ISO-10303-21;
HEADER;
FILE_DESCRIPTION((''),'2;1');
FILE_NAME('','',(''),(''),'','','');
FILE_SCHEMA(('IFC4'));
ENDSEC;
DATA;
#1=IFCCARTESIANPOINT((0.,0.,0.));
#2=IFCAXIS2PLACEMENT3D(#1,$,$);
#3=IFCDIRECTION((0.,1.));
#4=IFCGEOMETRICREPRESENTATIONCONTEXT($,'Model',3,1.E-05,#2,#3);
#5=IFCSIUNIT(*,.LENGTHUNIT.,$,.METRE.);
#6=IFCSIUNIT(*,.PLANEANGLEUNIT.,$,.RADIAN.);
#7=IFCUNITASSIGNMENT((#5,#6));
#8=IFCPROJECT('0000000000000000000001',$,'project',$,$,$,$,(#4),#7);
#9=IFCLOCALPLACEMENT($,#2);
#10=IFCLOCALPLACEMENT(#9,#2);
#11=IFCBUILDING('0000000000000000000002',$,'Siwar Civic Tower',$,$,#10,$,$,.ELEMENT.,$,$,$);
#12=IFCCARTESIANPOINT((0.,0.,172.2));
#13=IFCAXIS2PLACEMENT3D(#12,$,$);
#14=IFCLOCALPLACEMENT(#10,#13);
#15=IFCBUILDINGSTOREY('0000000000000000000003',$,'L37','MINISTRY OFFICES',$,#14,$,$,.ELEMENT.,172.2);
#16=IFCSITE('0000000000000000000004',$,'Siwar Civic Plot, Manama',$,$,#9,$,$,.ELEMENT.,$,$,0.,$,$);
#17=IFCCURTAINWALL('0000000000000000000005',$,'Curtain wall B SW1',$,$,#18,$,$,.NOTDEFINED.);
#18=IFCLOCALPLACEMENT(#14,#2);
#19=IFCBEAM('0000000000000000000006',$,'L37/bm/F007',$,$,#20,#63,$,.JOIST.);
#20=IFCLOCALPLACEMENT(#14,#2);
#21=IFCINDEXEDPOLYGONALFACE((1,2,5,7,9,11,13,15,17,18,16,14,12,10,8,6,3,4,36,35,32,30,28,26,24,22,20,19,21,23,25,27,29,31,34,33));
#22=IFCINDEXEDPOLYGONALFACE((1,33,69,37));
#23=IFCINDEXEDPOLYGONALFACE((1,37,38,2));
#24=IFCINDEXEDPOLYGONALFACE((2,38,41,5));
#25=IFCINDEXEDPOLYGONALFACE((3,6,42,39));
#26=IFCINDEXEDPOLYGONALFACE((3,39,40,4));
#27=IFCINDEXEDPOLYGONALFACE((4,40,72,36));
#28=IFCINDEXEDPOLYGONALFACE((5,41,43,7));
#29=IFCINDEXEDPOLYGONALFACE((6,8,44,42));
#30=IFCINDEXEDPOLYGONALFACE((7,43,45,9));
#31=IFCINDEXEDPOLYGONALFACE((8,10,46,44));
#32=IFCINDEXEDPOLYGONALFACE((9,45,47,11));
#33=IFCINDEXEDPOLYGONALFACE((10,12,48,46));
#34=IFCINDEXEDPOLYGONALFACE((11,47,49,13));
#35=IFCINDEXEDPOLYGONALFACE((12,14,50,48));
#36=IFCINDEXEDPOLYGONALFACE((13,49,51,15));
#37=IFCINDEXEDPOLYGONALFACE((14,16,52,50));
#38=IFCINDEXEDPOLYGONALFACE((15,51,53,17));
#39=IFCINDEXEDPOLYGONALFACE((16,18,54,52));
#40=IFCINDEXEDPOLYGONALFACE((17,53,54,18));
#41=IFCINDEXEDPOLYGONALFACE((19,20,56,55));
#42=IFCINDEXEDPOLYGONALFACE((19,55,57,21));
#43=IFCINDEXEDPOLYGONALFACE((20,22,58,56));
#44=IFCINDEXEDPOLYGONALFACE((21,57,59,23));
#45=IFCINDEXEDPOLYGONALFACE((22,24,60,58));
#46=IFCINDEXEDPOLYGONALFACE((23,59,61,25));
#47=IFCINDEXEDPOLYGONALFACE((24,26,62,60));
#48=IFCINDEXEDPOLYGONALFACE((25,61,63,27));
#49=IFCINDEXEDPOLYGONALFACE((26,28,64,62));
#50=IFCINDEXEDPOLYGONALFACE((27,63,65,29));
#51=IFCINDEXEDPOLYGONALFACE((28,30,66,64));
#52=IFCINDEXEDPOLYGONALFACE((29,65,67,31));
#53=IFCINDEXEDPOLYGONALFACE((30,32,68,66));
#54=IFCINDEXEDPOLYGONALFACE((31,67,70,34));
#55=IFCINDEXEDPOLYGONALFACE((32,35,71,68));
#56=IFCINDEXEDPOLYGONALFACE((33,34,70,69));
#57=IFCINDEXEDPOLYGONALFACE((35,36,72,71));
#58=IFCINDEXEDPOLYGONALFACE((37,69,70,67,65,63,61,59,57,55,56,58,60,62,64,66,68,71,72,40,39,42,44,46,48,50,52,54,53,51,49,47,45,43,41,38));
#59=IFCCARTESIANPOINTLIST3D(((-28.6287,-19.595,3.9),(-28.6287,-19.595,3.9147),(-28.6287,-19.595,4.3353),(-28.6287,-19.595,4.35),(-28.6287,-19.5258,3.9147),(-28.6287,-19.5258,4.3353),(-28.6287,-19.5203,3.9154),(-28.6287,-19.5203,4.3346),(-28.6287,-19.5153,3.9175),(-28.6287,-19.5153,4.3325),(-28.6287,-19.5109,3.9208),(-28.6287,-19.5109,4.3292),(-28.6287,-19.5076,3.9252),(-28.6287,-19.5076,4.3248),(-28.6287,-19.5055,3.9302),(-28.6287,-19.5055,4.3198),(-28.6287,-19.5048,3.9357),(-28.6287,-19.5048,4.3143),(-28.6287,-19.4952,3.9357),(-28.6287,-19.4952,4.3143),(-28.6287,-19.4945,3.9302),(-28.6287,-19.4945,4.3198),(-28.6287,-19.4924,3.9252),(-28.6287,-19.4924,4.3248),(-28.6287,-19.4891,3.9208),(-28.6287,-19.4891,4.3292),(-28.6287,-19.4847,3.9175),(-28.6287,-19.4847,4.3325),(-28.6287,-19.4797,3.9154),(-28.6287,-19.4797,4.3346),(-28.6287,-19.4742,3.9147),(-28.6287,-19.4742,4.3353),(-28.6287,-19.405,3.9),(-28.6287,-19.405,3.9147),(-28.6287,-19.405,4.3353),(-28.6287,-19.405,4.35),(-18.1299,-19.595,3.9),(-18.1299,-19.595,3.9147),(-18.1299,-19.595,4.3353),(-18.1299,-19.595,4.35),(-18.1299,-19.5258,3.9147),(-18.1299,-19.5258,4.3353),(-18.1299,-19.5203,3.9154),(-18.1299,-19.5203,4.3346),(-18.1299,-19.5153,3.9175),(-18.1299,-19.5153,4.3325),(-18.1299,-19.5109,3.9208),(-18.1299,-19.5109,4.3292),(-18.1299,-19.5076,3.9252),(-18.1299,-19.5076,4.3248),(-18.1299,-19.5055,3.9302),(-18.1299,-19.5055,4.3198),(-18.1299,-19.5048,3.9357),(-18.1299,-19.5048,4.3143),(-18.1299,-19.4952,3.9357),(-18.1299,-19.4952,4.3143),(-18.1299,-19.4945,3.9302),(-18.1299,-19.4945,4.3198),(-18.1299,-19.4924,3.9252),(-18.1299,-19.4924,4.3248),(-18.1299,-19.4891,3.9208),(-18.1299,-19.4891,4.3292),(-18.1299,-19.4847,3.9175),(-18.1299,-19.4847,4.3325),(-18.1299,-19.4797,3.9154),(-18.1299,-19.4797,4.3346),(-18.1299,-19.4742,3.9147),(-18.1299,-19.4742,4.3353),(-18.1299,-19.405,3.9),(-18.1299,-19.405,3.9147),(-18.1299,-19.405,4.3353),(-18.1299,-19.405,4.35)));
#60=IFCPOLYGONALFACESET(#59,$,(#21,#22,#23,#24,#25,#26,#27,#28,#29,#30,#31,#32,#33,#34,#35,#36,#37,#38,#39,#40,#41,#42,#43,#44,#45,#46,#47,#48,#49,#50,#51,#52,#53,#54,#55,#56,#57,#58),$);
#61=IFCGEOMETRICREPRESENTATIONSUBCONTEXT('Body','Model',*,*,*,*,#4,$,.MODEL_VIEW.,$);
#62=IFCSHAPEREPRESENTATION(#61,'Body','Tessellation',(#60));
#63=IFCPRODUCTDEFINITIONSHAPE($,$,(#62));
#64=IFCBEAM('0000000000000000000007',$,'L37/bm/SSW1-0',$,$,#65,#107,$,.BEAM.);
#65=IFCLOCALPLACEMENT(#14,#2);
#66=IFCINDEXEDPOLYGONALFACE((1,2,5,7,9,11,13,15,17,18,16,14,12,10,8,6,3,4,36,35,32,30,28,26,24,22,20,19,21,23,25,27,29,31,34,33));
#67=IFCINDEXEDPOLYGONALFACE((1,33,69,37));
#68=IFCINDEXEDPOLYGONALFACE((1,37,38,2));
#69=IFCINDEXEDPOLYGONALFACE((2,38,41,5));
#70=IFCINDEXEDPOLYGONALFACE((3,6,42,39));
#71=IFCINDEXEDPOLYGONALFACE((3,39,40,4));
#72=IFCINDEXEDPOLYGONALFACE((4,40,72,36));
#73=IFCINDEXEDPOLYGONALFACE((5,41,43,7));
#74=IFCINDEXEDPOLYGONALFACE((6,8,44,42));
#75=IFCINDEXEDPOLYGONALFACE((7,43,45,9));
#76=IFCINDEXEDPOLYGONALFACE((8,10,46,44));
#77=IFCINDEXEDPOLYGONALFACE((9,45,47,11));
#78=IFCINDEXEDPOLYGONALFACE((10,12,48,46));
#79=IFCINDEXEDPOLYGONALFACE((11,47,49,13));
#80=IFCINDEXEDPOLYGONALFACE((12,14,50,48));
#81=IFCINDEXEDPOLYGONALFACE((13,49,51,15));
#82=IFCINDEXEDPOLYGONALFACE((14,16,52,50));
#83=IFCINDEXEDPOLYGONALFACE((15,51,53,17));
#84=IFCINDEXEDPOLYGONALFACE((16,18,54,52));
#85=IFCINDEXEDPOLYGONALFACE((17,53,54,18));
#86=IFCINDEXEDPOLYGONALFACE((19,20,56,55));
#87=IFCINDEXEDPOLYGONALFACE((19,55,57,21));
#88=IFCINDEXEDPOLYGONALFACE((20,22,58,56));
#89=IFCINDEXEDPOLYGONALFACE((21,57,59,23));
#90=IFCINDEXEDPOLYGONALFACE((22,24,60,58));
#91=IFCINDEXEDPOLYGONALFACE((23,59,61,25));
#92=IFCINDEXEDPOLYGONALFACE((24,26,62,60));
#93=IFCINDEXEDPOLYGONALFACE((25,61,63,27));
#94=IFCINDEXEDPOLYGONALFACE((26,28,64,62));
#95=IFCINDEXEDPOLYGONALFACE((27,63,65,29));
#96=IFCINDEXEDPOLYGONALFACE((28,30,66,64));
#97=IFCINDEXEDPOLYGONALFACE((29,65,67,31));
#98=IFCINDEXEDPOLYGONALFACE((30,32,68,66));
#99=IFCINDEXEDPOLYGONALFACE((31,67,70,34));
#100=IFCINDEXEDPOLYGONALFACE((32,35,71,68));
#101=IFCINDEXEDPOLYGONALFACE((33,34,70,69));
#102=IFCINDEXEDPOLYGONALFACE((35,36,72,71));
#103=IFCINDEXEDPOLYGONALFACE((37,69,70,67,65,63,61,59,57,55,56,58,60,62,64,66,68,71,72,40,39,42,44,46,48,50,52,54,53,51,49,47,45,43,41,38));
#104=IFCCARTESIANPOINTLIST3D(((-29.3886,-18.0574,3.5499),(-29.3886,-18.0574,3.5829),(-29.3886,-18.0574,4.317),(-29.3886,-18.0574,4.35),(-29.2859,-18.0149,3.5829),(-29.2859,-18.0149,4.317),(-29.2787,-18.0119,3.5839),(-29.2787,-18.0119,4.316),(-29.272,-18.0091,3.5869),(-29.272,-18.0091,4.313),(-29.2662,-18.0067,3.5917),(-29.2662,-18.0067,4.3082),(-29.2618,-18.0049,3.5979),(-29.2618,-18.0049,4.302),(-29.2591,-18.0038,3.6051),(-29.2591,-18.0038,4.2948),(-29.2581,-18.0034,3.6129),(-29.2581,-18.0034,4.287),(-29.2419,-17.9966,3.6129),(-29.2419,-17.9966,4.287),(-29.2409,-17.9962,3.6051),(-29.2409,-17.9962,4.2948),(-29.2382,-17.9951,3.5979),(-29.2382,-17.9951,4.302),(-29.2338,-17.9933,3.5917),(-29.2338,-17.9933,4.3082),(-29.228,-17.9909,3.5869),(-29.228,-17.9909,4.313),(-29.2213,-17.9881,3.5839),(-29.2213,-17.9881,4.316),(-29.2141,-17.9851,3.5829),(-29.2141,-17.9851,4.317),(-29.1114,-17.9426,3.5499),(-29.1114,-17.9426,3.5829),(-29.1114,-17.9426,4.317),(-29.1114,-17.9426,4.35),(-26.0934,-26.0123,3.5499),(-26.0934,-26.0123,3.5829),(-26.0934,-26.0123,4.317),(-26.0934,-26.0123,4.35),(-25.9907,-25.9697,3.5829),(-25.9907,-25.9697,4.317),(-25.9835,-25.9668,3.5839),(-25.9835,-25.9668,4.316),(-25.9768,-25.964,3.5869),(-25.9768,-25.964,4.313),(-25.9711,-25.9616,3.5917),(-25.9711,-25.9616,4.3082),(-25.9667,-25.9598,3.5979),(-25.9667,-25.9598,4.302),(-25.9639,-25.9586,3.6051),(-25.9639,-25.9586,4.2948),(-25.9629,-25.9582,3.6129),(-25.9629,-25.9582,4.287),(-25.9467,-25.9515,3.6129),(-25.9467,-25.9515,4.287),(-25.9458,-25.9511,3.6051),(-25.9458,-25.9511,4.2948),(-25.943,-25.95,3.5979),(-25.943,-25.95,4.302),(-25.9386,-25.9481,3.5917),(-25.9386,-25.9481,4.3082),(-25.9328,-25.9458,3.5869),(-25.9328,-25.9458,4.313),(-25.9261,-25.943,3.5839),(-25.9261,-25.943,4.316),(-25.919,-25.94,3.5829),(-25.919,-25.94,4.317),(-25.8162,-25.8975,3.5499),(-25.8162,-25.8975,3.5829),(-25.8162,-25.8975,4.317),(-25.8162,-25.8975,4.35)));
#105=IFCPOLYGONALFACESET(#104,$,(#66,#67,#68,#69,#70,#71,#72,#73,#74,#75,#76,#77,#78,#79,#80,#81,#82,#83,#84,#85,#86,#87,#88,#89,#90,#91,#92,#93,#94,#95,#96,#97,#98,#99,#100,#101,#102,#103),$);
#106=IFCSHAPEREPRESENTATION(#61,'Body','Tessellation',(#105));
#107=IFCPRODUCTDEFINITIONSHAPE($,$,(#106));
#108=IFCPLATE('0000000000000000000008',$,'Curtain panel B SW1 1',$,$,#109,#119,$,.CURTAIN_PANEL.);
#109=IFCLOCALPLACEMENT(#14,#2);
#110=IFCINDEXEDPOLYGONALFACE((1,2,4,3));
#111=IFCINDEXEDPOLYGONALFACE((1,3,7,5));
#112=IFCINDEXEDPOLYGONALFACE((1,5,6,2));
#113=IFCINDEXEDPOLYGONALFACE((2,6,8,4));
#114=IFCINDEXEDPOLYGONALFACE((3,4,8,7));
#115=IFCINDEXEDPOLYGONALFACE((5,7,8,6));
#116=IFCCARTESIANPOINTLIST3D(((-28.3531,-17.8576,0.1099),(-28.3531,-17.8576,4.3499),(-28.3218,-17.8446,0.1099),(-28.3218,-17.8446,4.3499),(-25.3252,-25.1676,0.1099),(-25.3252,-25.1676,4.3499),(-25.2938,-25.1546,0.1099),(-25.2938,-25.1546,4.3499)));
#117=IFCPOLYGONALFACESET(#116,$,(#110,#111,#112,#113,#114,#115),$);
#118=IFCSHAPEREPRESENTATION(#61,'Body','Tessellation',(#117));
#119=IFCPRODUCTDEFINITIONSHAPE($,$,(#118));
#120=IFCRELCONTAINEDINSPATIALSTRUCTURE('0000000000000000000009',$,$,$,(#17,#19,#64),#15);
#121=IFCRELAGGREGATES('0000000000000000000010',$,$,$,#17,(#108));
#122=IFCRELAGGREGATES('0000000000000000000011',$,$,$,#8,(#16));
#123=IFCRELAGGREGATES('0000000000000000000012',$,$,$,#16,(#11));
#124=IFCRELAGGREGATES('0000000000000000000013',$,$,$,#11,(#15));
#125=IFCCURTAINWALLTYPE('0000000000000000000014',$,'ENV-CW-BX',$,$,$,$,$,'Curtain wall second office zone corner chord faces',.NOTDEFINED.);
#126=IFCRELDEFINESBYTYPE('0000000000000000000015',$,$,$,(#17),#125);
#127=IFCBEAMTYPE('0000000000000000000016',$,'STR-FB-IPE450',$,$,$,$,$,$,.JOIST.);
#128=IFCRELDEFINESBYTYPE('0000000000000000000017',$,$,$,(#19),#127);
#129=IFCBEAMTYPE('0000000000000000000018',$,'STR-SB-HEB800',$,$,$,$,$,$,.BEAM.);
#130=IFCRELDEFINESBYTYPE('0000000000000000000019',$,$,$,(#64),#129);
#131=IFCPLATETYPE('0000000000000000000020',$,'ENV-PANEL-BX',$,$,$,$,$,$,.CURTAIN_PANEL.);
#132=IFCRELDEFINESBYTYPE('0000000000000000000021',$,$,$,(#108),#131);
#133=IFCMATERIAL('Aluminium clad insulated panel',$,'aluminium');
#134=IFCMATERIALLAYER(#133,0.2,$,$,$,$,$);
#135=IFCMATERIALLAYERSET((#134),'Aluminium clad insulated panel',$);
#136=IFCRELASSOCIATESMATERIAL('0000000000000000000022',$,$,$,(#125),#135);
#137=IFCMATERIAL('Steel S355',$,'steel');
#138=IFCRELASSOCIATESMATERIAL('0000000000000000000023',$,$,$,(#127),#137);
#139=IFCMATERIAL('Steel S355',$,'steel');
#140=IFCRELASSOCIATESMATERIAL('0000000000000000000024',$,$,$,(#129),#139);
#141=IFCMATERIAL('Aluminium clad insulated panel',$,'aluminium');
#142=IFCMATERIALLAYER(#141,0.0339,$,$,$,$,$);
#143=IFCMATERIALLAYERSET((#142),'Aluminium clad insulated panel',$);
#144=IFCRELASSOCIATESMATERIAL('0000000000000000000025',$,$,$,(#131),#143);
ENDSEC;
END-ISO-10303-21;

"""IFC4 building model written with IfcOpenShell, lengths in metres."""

from ifc_helpers import new_model, si_unit, direction, frame, origin, origin_2d, place, context, subcontext, project, spatial, rectangle, i_section, extrude, material, layer, layer_set, material_profile, profile_set, type_object, element, aggregate, save


model = new_model("IFC4")

# Units and contexts
model_context = context("Model", 3, precision=1e-05, world=origin(), true_north=direction((0.0, 1.0)))
body_context = subcontext(model_context, "Body", "Model", "MODEL_VIEW")
ifc_project = project(units=[si_unit("LENGTHUNIT", "METRE"), si_unit("PLANEANGLEUNIT", "RADIAN")], contexts=[model_context])

# Site, building, storey
site_placement = place(None, origin())
site = spatial("IfcSite", under=ifc_project, at=site_placement, Name="Siwar Civic Plot, Manama", CompositionType="ELEMENT", RefElevation=0.0)
building_placement = place(site_placement, origin())
building = spatial("IfcBuilding", under=site, at=building_placement, Name="Siwar Civic Tower", CompositionType="ELEMENT")
storey_placement = place(building_placement, frame((0.0, 0.0, 172.2)))
storey = spatial("IfcBuildingStorey", under=building, at=storey_placement, Name="L37", Description="MINISTRY OFFICES", CompositionType="ELEMENT", Elevation=172.2)

# Curtain wall
ifc_material_1 = material(Name="Aluminium clad insulated panel", Category="aluminium")
ifc_layer_1 = layer(ifc_material_1, 0.2)
ifc_layer_set_1 = layer_set([ifc_layer_1], Name="Aluminium clad insulated panel")
curtain_wall_type = type_object("IfcCurtainWallType", Name="ENV-CW-BX", ElementType="Curtain wall second office zone corner chord faces", PredefinedType="NOTDEFINED", material=ifc_layer_set_1)
curtain_wall_placement = place(storey_placement, origin())
curtain_wall = element("IfcCurtainWall", 1, at=curtain_wall_placement, inside=storey, type_object=curtain_wall_type, Name="Curtain wall B SW1", PredefinedType="NOTDEFINED")

# Beams
ifc_material_2 = material(Name="Steel S355", Category="steel")
ifc_material_profile_1 = material_profile(ifc_material_2, i_section(OverallWidth=0.1899, OverallDepth=0.45, WebThickness=0.0095, FlangeThickness=0.0146, FilletRadius=0.021, at=origin_2d()), Name="IPE450")
ifc_profile_set_1 = profile_set([ifc_material_profile_1], Name="Steel S355")
beam_type_1 = type_object("IfcBeamType", Name="STR-FB-IPE450", PredefinedType="JOIST", material=ifc_profile_set_1)
beam_1_placement = place(storey_placement, frame((-28.6287, -19.5, 4.125), z_axis=(1.0, 0.0, 0.0), x_axis=(0.0, 1.0, 0.0)))
element("IfcBeam", 2, at=beam_1_placement, inside=storey, type_object=beam_type_1, Name="L37/bm/F007", PredefinedType="JOIST", context=body_context, shape_type="SweptSolid", body=[
    extrude(i_section(OverallWidth=0.1899, OverallDepth=0.45, WebThickness=0.0095, FlangeThickness=0.0146, FilletRadius=0.021, at=origin_2d()), origin(), (0.0, 0.0, 1.0), 10.4988),
])
ifc_material_3 = material(Name="Steel S355", Category="steel")
ifc_material_profile_2 = material_profile(ifc_material_3, i_section(OverallWidth=0.3, OverallDepth=0.8, WebThickness=0.0176, FlangeThickness=0.033, FilletRadius=0.03, at=origin_2d()), Name="HEB800")
ifc_profile_set_2 = profile_set([ifc_material_profile_2], Name="Steel S355")
beam_type_2 = type_object("IfcBeamType", Name="STR-SB-HEB800", PredefinedType="BEAM", material=ifc_profile_set_2)
beam_2_placement = place(storey_placement, frame((-29.25, -18.0, 3.95), z_axis=(0.3827, -0.923873, 0.0), x_axis=(0.923873, 0.3827, 0.0)))
element("IfcBeam", 3, at=beam_2_placement, inside=storey, type_object=beam_type_2, Name="L37/bm/SSW1-0", PredefinedType="BEAM", context=body_context, shape_type="SweptSolid", body=[
    extrude(i_section(OverallWidth=0.3, OverallDepth=0.8, WebThickness=0.0176, FlangeThickness=0.033, FilletRadius=0.03, at=origin_2d()), origin(), (0.0, 0.0, 1.0), 8.6104),
])

# Plate
ifc_material_4 = material(Name="Aluminium clad insulated panel", Category="aluminium")
ifc_layer_2 = layer(ifc_material_4, 0.0339)
ifc_layer_set_2 = layer_set([ifc_layer_2], Name="Aluminium clad insulated panel")
plate_type = type_object("IfcPlateType", Name="ENV-PANEL-BX", PredefinedType="CURTAIN_PANEL", material=ifc_layer_set_2)
plate_placement = place(storey_placement, frame((-26.8235, -21.5061, 0.1099), z_axis=(0.0, 0.0, 1.0), x_axis=(0.382683, -0.92388, 0.0)))
plate = element("IfcPlate", 4, at=plate_placement, type_object=plate_type, Name="Curtain panel B SW1 1", PredefinedType="CURTAIN_PANEL", context=body_context, shape_type="SweptSolid", body=[
    extrude(rectangle(XDim=7.9124, YDim=0.0339, at=origin_2d()), origin(), (0.0, 0.0, 1.0), 4.24),
])
aggregate(curtain_wall, [plate])

save(model, "model.ifc")
